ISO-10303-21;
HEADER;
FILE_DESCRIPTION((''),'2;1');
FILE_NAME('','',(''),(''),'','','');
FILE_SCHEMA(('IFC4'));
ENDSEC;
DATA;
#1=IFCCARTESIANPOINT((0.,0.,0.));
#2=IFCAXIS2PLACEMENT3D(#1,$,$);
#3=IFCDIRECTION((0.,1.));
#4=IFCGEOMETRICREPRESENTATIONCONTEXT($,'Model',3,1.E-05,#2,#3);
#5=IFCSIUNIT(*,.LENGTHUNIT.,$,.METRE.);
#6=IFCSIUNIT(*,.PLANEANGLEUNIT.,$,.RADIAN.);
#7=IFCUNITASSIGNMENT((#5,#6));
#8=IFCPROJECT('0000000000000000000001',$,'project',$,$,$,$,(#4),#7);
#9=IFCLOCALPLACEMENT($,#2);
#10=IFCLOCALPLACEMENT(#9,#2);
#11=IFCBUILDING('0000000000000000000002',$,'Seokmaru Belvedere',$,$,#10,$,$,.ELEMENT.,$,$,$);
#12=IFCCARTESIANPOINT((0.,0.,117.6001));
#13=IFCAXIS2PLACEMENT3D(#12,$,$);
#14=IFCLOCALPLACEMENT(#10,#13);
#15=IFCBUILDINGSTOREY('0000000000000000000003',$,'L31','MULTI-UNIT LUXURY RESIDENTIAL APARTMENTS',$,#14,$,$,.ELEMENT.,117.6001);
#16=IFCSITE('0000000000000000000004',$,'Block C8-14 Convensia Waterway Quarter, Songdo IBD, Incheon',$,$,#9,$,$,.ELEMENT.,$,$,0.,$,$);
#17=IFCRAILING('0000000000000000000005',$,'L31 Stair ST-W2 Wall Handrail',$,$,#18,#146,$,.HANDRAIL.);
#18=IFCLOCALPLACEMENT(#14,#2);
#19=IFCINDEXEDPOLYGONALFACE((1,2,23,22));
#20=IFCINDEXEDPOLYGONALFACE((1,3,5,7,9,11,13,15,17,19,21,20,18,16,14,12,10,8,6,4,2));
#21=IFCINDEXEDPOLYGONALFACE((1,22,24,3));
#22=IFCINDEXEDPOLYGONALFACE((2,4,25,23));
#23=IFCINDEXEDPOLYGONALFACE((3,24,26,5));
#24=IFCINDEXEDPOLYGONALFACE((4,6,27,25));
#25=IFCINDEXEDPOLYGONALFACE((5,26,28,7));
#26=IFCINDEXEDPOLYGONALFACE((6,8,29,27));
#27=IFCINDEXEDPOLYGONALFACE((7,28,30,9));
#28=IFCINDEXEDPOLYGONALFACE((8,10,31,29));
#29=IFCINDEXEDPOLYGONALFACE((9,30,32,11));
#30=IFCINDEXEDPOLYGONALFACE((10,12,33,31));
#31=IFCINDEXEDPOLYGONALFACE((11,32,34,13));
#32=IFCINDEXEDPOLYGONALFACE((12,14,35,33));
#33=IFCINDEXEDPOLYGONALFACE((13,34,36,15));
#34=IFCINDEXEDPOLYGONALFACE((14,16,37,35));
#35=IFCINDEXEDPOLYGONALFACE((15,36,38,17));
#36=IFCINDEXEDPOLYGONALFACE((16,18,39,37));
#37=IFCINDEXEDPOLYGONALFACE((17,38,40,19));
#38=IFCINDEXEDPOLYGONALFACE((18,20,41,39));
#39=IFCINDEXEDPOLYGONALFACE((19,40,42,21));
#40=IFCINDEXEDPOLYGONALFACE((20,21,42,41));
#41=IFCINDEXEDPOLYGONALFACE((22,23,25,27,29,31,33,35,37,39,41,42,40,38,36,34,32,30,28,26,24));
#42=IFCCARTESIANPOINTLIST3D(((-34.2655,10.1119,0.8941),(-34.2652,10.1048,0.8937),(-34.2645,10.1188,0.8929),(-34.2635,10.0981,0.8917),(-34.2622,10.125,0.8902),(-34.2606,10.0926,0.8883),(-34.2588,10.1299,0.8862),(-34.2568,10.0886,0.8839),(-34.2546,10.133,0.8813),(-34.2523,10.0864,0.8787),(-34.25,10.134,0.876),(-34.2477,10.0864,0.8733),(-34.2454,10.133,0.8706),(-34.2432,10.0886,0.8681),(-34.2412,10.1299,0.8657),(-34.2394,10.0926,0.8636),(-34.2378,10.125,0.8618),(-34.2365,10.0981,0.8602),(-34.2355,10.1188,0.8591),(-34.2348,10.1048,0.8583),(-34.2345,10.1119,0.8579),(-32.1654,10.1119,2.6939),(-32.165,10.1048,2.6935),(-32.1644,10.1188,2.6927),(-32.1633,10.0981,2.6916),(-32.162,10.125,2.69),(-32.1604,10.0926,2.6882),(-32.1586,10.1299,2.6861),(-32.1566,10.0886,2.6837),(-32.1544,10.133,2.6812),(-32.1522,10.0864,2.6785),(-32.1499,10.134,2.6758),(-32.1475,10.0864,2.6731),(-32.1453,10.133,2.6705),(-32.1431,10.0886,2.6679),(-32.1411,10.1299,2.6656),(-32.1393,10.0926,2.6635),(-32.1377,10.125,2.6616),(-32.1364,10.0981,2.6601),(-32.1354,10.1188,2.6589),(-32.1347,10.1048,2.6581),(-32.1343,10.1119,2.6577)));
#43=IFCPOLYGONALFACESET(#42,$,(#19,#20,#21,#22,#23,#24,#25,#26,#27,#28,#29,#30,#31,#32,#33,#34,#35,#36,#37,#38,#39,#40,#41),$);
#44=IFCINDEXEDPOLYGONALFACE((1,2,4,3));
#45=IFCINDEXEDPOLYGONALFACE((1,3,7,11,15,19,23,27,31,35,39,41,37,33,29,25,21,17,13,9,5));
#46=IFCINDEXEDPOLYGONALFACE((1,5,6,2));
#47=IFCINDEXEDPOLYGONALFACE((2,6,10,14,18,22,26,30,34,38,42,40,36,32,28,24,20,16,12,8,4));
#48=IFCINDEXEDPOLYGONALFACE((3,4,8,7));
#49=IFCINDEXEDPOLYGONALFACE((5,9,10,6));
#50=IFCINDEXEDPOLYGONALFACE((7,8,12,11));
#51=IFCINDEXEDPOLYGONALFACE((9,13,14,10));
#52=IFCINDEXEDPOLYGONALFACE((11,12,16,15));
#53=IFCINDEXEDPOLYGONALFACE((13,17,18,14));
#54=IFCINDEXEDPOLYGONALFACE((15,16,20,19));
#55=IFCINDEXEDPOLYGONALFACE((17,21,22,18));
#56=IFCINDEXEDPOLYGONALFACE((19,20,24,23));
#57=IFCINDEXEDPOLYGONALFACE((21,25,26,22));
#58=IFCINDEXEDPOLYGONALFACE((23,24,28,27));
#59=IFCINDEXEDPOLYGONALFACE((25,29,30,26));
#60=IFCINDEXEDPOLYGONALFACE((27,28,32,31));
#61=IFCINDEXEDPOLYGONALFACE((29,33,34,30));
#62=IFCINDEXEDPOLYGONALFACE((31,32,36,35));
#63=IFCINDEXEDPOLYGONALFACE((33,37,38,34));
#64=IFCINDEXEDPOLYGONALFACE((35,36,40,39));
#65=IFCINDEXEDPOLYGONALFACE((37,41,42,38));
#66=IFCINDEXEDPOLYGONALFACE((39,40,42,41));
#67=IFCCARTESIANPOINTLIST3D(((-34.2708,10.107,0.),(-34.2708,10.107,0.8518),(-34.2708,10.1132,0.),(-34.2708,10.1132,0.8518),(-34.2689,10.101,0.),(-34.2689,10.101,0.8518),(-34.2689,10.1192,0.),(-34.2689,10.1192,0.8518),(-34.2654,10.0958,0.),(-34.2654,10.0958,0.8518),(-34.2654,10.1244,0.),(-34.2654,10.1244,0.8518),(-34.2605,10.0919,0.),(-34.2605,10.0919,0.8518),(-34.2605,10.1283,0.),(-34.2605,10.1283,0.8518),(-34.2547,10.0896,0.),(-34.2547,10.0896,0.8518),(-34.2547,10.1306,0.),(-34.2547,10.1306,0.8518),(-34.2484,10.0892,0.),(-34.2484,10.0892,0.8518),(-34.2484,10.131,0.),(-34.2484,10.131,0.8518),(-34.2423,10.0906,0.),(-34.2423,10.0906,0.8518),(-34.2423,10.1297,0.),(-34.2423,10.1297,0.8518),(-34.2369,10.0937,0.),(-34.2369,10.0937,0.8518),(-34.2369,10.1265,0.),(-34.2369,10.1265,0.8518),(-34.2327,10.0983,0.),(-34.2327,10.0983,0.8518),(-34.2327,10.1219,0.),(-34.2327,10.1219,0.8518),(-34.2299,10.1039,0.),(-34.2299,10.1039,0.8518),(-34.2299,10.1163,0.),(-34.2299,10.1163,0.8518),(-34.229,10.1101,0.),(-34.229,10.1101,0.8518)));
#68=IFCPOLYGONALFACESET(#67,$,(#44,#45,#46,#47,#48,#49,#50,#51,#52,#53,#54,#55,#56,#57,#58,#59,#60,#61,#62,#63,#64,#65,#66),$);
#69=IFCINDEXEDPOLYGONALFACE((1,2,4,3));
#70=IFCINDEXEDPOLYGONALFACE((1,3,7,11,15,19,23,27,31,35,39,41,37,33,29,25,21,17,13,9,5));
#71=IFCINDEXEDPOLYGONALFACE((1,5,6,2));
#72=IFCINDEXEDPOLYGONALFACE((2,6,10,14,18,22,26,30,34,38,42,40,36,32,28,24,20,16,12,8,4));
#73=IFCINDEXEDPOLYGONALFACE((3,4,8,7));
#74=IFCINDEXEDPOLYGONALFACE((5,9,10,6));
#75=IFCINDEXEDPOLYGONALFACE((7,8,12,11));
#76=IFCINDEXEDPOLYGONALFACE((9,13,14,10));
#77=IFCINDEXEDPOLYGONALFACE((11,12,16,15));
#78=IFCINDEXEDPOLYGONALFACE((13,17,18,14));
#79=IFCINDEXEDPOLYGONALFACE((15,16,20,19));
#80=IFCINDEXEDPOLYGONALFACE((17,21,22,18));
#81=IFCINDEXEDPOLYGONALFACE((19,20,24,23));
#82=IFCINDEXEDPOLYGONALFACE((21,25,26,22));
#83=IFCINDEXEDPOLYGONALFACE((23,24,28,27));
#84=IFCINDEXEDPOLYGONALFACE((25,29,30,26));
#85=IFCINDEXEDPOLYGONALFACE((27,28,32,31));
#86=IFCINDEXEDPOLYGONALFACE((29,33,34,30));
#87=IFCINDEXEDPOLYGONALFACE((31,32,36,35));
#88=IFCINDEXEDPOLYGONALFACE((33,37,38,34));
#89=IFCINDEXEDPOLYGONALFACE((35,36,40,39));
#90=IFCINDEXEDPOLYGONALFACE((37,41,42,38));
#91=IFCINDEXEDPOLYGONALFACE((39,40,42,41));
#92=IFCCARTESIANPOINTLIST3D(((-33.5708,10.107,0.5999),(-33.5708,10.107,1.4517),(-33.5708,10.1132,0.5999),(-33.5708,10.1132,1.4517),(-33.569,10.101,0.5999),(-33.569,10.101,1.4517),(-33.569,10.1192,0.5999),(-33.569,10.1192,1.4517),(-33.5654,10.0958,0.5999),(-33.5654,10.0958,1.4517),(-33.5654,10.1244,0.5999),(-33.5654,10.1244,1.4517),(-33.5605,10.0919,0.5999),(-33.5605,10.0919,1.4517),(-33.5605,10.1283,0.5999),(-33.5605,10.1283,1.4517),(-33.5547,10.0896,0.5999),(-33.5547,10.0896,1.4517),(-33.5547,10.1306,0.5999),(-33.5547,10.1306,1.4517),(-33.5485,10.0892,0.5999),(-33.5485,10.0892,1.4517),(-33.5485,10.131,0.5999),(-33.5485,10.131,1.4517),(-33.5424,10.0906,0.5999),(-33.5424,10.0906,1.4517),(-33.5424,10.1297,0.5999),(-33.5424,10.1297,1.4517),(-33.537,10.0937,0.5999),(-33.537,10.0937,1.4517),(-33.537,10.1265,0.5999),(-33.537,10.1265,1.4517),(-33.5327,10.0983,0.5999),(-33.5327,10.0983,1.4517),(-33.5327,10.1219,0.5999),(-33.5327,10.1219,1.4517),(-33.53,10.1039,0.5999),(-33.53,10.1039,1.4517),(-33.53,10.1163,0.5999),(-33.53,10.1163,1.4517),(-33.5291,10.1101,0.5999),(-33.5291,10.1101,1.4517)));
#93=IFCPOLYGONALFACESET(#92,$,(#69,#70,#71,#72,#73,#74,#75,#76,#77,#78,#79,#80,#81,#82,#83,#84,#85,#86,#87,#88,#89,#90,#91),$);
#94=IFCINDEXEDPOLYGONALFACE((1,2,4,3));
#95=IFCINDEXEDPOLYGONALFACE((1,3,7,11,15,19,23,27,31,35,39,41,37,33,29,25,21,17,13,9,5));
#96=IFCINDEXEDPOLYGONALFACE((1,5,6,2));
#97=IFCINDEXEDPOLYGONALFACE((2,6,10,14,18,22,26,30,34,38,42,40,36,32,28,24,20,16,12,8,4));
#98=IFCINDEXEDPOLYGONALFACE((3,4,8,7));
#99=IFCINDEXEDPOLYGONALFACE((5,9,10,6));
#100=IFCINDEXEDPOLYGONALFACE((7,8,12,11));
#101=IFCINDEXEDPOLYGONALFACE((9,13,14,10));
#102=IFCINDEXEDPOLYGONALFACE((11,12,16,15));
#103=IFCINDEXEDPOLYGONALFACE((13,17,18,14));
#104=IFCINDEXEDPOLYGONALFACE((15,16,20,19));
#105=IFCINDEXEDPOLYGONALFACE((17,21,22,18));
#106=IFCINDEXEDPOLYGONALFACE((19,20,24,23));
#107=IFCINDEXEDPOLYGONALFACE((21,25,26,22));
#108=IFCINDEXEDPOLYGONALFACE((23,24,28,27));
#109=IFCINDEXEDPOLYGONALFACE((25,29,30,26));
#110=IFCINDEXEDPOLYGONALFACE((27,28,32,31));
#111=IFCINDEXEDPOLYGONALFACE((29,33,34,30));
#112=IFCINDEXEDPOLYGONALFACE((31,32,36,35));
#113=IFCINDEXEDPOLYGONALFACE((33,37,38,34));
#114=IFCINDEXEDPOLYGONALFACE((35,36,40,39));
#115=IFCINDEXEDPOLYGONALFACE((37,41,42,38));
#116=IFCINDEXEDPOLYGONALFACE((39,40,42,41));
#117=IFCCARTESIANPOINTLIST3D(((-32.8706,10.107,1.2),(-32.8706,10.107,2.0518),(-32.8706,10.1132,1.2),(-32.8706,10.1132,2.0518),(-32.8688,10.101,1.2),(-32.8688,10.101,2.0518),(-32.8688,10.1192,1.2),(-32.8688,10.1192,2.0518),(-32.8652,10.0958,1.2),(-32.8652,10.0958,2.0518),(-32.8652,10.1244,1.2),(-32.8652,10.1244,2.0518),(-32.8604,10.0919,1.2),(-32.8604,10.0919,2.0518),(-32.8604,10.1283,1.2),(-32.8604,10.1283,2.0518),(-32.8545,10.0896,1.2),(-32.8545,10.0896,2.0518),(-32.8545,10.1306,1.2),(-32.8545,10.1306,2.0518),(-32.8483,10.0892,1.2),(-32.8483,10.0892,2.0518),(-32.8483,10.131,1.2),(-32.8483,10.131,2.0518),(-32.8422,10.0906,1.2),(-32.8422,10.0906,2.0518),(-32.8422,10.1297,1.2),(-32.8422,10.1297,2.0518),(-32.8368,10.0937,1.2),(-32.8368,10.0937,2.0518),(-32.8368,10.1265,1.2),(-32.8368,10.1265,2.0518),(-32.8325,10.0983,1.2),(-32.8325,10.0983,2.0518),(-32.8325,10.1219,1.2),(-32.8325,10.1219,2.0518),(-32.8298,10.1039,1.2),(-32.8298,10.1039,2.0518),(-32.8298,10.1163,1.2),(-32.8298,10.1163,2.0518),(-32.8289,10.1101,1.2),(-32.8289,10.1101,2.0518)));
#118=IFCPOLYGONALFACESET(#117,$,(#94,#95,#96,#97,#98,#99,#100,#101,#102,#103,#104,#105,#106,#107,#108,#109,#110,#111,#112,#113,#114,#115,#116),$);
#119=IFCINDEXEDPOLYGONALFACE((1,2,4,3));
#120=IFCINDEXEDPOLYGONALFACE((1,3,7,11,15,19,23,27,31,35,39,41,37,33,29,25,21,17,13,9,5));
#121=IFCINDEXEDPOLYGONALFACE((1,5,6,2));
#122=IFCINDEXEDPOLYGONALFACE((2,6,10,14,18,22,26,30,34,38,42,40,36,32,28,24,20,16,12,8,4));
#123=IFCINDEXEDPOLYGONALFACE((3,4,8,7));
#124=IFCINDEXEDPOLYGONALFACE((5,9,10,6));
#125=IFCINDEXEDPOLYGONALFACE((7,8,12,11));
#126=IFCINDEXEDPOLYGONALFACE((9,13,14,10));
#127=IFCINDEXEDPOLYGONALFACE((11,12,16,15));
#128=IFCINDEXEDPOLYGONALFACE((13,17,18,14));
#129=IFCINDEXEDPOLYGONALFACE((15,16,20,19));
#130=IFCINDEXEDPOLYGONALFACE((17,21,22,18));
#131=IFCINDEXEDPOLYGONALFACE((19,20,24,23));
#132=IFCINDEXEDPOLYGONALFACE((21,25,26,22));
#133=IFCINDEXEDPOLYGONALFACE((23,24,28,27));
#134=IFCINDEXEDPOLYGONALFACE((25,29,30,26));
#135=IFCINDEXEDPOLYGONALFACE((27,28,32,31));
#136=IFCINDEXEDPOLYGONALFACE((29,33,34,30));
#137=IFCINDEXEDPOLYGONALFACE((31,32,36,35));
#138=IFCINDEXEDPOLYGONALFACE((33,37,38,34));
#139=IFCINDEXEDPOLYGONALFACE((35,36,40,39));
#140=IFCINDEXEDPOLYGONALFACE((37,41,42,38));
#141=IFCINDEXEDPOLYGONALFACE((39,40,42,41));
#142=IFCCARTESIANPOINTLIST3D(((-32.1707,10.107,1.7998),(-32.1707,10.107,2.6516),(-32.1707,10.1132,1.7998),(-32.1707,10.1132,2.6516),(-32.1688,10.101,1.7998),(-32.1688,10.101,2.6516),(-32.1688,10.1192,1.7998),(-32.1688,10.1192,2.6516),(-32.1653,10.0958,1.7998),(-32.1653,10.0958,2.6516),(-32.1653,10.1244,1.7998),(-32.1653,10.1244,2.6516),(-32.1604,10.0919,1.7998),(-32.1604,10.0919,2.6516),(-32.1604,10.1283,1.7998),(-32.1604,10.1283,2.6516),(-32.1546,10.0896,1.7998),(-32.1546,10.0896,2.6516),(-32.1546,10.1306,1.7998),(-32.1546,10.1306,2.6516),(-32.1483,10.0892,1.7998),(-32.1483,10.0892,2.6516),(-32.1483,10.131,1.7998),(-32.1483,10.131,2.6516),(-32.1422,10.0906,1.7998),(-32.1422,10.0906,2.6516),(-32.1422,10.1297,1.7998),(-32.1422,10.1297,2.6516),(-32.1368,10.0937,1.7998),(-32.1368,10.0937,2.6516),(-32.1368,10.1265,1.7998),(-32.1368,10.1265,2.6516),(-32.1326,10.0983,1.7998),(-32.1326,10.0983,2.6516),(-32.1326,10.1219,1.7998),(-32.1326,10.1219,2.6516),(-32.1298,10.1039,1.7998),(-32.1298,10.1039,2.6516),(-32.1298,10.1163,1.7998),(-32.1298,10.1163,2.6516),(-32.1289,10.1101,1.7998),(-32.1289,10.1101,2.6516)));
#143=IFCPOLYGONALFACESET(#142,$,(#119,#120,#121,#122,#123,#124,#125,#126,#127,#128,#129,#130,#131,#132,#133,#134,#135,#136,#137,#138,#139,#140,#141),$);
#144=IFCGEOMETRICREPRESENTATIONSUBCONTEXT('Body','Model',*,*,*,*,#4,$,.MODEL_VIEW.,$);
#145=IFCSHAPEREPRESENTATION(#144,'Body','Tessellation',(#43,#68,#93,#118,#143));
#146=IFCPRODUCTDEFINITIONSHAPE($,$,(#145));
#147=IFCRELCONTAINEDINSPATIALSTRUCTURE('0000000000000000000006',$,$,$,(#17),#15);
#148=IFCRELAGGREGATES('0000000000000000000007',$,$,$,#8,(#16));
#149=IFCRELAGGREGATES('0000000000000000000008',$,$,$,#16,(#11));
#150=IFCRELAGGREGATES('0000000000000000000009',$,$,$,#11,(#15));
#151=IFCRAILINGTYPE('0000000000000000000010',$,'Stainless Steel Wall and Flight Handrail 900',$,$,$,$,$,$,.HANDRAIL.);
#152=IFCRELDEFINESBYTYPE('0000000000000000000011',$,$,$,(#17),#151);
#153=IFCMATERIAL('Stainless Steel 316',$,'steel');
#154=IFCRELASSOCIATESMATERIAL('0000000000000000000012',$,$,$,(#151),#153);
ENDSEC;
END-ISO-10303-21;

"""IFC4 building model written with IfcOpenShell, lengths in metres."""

from ifc_helpers import new_model, si_unit, direction, frame, origin, origin_2d, place, context, subcontext, project, spatial, circle, extrude, material, type_object, element, save


model = new_model("IFC4")

# Units and contexts
model_context = context("Model", 3, precision=1e-05, world=origin(), true_north=direction((0.0, 1.0)))
body_context = subcontext(model_context, "Body", "Model", "MODEL_VIEW")
ifc_project = project(units=[si_unit("LENGTHUNIT", "METRE"), si_unit("PLANEANGLEUNIT", "RADIAN")], contexts=[model_context])

# Site, building, storey
site_placement = place(None, origin())
site = spatial("IfcSite", under=ifc_project, at=site_placement, Name="Block C8-14 Convensia Waterway Quarter, Songdo IBD, Incheon", CompositionType="ELEMENT", RefElevation=0.0)
building_placement = place(site_placement, origin())
building = spatial("IfcBuilding", under=site, at=building_placement, Name="Seokmaru Belvedere", CompositionType="ELEMENT")
storey_placement = place(building_placement, frame((0.0, 0.0, 117.6001)))
storey = spatial("IfcBuildingStorey", under=building, at=storey_placement, Name="L31", Description="MULTI-UNIT LUXURY RESIDENTIAL APARTMENTS", CompositionType="ELEMENT", Elevation=117.6001)

# Railing
ifc_material_1 = material(Name="Stainless Steel 316", Category="steel")
railing_type_1 = type_object("IfcRailingType", Name="Stainless Steel Wall and Flight Handrail 900", PredefinedType="HANDRAIL", material=ifc_material_1)
railing_1_placement = place(storey_placement, frame((-34.25, 10.1101, 0.0)))
element("IfcRailing", 1, at=railing_1_placement, inside=storey, type_object=railing_type_1, Name="L31 Stair ST-W2 Wall Handrail", PredefinedType="HANDRAIL", context=body_context, shape_type="SweptSolid", body=[
    extrude(circle(Radius=0.0239, at=origin_2d()), frame((0.0, 0.0, 0.876), z_axis=(0.759306, 0.0, 0.650733), x_axis=(0.0, 1.0, 0.0)), (0.0, 0.0, 1.0), 2.7659),
    extrude(circle(Radius=0.021, at=origin_2d()), origin(), (0.0, 0.0, 1.0), 0.8518),
    extrude(circle(Radius=0.021, at=origin_2d()), frame((0.7, 0.0, 0.5999)), (0.0, 0.0, 1.0), 0.8518),
    extrude(circle(Radius=0.021, at=origin_2d()), frame((1.4001, 0.0, 1.2)), (0.0, 0.0, 1.0), 0.8518),
    extrude(circle(Radius=0.021, at=origin_2d()), frame((2.1001, 0.0, 1.7998)), (0.0, 0.0, 1.0), 0.8518),
])

save(model, "model.ifc")
